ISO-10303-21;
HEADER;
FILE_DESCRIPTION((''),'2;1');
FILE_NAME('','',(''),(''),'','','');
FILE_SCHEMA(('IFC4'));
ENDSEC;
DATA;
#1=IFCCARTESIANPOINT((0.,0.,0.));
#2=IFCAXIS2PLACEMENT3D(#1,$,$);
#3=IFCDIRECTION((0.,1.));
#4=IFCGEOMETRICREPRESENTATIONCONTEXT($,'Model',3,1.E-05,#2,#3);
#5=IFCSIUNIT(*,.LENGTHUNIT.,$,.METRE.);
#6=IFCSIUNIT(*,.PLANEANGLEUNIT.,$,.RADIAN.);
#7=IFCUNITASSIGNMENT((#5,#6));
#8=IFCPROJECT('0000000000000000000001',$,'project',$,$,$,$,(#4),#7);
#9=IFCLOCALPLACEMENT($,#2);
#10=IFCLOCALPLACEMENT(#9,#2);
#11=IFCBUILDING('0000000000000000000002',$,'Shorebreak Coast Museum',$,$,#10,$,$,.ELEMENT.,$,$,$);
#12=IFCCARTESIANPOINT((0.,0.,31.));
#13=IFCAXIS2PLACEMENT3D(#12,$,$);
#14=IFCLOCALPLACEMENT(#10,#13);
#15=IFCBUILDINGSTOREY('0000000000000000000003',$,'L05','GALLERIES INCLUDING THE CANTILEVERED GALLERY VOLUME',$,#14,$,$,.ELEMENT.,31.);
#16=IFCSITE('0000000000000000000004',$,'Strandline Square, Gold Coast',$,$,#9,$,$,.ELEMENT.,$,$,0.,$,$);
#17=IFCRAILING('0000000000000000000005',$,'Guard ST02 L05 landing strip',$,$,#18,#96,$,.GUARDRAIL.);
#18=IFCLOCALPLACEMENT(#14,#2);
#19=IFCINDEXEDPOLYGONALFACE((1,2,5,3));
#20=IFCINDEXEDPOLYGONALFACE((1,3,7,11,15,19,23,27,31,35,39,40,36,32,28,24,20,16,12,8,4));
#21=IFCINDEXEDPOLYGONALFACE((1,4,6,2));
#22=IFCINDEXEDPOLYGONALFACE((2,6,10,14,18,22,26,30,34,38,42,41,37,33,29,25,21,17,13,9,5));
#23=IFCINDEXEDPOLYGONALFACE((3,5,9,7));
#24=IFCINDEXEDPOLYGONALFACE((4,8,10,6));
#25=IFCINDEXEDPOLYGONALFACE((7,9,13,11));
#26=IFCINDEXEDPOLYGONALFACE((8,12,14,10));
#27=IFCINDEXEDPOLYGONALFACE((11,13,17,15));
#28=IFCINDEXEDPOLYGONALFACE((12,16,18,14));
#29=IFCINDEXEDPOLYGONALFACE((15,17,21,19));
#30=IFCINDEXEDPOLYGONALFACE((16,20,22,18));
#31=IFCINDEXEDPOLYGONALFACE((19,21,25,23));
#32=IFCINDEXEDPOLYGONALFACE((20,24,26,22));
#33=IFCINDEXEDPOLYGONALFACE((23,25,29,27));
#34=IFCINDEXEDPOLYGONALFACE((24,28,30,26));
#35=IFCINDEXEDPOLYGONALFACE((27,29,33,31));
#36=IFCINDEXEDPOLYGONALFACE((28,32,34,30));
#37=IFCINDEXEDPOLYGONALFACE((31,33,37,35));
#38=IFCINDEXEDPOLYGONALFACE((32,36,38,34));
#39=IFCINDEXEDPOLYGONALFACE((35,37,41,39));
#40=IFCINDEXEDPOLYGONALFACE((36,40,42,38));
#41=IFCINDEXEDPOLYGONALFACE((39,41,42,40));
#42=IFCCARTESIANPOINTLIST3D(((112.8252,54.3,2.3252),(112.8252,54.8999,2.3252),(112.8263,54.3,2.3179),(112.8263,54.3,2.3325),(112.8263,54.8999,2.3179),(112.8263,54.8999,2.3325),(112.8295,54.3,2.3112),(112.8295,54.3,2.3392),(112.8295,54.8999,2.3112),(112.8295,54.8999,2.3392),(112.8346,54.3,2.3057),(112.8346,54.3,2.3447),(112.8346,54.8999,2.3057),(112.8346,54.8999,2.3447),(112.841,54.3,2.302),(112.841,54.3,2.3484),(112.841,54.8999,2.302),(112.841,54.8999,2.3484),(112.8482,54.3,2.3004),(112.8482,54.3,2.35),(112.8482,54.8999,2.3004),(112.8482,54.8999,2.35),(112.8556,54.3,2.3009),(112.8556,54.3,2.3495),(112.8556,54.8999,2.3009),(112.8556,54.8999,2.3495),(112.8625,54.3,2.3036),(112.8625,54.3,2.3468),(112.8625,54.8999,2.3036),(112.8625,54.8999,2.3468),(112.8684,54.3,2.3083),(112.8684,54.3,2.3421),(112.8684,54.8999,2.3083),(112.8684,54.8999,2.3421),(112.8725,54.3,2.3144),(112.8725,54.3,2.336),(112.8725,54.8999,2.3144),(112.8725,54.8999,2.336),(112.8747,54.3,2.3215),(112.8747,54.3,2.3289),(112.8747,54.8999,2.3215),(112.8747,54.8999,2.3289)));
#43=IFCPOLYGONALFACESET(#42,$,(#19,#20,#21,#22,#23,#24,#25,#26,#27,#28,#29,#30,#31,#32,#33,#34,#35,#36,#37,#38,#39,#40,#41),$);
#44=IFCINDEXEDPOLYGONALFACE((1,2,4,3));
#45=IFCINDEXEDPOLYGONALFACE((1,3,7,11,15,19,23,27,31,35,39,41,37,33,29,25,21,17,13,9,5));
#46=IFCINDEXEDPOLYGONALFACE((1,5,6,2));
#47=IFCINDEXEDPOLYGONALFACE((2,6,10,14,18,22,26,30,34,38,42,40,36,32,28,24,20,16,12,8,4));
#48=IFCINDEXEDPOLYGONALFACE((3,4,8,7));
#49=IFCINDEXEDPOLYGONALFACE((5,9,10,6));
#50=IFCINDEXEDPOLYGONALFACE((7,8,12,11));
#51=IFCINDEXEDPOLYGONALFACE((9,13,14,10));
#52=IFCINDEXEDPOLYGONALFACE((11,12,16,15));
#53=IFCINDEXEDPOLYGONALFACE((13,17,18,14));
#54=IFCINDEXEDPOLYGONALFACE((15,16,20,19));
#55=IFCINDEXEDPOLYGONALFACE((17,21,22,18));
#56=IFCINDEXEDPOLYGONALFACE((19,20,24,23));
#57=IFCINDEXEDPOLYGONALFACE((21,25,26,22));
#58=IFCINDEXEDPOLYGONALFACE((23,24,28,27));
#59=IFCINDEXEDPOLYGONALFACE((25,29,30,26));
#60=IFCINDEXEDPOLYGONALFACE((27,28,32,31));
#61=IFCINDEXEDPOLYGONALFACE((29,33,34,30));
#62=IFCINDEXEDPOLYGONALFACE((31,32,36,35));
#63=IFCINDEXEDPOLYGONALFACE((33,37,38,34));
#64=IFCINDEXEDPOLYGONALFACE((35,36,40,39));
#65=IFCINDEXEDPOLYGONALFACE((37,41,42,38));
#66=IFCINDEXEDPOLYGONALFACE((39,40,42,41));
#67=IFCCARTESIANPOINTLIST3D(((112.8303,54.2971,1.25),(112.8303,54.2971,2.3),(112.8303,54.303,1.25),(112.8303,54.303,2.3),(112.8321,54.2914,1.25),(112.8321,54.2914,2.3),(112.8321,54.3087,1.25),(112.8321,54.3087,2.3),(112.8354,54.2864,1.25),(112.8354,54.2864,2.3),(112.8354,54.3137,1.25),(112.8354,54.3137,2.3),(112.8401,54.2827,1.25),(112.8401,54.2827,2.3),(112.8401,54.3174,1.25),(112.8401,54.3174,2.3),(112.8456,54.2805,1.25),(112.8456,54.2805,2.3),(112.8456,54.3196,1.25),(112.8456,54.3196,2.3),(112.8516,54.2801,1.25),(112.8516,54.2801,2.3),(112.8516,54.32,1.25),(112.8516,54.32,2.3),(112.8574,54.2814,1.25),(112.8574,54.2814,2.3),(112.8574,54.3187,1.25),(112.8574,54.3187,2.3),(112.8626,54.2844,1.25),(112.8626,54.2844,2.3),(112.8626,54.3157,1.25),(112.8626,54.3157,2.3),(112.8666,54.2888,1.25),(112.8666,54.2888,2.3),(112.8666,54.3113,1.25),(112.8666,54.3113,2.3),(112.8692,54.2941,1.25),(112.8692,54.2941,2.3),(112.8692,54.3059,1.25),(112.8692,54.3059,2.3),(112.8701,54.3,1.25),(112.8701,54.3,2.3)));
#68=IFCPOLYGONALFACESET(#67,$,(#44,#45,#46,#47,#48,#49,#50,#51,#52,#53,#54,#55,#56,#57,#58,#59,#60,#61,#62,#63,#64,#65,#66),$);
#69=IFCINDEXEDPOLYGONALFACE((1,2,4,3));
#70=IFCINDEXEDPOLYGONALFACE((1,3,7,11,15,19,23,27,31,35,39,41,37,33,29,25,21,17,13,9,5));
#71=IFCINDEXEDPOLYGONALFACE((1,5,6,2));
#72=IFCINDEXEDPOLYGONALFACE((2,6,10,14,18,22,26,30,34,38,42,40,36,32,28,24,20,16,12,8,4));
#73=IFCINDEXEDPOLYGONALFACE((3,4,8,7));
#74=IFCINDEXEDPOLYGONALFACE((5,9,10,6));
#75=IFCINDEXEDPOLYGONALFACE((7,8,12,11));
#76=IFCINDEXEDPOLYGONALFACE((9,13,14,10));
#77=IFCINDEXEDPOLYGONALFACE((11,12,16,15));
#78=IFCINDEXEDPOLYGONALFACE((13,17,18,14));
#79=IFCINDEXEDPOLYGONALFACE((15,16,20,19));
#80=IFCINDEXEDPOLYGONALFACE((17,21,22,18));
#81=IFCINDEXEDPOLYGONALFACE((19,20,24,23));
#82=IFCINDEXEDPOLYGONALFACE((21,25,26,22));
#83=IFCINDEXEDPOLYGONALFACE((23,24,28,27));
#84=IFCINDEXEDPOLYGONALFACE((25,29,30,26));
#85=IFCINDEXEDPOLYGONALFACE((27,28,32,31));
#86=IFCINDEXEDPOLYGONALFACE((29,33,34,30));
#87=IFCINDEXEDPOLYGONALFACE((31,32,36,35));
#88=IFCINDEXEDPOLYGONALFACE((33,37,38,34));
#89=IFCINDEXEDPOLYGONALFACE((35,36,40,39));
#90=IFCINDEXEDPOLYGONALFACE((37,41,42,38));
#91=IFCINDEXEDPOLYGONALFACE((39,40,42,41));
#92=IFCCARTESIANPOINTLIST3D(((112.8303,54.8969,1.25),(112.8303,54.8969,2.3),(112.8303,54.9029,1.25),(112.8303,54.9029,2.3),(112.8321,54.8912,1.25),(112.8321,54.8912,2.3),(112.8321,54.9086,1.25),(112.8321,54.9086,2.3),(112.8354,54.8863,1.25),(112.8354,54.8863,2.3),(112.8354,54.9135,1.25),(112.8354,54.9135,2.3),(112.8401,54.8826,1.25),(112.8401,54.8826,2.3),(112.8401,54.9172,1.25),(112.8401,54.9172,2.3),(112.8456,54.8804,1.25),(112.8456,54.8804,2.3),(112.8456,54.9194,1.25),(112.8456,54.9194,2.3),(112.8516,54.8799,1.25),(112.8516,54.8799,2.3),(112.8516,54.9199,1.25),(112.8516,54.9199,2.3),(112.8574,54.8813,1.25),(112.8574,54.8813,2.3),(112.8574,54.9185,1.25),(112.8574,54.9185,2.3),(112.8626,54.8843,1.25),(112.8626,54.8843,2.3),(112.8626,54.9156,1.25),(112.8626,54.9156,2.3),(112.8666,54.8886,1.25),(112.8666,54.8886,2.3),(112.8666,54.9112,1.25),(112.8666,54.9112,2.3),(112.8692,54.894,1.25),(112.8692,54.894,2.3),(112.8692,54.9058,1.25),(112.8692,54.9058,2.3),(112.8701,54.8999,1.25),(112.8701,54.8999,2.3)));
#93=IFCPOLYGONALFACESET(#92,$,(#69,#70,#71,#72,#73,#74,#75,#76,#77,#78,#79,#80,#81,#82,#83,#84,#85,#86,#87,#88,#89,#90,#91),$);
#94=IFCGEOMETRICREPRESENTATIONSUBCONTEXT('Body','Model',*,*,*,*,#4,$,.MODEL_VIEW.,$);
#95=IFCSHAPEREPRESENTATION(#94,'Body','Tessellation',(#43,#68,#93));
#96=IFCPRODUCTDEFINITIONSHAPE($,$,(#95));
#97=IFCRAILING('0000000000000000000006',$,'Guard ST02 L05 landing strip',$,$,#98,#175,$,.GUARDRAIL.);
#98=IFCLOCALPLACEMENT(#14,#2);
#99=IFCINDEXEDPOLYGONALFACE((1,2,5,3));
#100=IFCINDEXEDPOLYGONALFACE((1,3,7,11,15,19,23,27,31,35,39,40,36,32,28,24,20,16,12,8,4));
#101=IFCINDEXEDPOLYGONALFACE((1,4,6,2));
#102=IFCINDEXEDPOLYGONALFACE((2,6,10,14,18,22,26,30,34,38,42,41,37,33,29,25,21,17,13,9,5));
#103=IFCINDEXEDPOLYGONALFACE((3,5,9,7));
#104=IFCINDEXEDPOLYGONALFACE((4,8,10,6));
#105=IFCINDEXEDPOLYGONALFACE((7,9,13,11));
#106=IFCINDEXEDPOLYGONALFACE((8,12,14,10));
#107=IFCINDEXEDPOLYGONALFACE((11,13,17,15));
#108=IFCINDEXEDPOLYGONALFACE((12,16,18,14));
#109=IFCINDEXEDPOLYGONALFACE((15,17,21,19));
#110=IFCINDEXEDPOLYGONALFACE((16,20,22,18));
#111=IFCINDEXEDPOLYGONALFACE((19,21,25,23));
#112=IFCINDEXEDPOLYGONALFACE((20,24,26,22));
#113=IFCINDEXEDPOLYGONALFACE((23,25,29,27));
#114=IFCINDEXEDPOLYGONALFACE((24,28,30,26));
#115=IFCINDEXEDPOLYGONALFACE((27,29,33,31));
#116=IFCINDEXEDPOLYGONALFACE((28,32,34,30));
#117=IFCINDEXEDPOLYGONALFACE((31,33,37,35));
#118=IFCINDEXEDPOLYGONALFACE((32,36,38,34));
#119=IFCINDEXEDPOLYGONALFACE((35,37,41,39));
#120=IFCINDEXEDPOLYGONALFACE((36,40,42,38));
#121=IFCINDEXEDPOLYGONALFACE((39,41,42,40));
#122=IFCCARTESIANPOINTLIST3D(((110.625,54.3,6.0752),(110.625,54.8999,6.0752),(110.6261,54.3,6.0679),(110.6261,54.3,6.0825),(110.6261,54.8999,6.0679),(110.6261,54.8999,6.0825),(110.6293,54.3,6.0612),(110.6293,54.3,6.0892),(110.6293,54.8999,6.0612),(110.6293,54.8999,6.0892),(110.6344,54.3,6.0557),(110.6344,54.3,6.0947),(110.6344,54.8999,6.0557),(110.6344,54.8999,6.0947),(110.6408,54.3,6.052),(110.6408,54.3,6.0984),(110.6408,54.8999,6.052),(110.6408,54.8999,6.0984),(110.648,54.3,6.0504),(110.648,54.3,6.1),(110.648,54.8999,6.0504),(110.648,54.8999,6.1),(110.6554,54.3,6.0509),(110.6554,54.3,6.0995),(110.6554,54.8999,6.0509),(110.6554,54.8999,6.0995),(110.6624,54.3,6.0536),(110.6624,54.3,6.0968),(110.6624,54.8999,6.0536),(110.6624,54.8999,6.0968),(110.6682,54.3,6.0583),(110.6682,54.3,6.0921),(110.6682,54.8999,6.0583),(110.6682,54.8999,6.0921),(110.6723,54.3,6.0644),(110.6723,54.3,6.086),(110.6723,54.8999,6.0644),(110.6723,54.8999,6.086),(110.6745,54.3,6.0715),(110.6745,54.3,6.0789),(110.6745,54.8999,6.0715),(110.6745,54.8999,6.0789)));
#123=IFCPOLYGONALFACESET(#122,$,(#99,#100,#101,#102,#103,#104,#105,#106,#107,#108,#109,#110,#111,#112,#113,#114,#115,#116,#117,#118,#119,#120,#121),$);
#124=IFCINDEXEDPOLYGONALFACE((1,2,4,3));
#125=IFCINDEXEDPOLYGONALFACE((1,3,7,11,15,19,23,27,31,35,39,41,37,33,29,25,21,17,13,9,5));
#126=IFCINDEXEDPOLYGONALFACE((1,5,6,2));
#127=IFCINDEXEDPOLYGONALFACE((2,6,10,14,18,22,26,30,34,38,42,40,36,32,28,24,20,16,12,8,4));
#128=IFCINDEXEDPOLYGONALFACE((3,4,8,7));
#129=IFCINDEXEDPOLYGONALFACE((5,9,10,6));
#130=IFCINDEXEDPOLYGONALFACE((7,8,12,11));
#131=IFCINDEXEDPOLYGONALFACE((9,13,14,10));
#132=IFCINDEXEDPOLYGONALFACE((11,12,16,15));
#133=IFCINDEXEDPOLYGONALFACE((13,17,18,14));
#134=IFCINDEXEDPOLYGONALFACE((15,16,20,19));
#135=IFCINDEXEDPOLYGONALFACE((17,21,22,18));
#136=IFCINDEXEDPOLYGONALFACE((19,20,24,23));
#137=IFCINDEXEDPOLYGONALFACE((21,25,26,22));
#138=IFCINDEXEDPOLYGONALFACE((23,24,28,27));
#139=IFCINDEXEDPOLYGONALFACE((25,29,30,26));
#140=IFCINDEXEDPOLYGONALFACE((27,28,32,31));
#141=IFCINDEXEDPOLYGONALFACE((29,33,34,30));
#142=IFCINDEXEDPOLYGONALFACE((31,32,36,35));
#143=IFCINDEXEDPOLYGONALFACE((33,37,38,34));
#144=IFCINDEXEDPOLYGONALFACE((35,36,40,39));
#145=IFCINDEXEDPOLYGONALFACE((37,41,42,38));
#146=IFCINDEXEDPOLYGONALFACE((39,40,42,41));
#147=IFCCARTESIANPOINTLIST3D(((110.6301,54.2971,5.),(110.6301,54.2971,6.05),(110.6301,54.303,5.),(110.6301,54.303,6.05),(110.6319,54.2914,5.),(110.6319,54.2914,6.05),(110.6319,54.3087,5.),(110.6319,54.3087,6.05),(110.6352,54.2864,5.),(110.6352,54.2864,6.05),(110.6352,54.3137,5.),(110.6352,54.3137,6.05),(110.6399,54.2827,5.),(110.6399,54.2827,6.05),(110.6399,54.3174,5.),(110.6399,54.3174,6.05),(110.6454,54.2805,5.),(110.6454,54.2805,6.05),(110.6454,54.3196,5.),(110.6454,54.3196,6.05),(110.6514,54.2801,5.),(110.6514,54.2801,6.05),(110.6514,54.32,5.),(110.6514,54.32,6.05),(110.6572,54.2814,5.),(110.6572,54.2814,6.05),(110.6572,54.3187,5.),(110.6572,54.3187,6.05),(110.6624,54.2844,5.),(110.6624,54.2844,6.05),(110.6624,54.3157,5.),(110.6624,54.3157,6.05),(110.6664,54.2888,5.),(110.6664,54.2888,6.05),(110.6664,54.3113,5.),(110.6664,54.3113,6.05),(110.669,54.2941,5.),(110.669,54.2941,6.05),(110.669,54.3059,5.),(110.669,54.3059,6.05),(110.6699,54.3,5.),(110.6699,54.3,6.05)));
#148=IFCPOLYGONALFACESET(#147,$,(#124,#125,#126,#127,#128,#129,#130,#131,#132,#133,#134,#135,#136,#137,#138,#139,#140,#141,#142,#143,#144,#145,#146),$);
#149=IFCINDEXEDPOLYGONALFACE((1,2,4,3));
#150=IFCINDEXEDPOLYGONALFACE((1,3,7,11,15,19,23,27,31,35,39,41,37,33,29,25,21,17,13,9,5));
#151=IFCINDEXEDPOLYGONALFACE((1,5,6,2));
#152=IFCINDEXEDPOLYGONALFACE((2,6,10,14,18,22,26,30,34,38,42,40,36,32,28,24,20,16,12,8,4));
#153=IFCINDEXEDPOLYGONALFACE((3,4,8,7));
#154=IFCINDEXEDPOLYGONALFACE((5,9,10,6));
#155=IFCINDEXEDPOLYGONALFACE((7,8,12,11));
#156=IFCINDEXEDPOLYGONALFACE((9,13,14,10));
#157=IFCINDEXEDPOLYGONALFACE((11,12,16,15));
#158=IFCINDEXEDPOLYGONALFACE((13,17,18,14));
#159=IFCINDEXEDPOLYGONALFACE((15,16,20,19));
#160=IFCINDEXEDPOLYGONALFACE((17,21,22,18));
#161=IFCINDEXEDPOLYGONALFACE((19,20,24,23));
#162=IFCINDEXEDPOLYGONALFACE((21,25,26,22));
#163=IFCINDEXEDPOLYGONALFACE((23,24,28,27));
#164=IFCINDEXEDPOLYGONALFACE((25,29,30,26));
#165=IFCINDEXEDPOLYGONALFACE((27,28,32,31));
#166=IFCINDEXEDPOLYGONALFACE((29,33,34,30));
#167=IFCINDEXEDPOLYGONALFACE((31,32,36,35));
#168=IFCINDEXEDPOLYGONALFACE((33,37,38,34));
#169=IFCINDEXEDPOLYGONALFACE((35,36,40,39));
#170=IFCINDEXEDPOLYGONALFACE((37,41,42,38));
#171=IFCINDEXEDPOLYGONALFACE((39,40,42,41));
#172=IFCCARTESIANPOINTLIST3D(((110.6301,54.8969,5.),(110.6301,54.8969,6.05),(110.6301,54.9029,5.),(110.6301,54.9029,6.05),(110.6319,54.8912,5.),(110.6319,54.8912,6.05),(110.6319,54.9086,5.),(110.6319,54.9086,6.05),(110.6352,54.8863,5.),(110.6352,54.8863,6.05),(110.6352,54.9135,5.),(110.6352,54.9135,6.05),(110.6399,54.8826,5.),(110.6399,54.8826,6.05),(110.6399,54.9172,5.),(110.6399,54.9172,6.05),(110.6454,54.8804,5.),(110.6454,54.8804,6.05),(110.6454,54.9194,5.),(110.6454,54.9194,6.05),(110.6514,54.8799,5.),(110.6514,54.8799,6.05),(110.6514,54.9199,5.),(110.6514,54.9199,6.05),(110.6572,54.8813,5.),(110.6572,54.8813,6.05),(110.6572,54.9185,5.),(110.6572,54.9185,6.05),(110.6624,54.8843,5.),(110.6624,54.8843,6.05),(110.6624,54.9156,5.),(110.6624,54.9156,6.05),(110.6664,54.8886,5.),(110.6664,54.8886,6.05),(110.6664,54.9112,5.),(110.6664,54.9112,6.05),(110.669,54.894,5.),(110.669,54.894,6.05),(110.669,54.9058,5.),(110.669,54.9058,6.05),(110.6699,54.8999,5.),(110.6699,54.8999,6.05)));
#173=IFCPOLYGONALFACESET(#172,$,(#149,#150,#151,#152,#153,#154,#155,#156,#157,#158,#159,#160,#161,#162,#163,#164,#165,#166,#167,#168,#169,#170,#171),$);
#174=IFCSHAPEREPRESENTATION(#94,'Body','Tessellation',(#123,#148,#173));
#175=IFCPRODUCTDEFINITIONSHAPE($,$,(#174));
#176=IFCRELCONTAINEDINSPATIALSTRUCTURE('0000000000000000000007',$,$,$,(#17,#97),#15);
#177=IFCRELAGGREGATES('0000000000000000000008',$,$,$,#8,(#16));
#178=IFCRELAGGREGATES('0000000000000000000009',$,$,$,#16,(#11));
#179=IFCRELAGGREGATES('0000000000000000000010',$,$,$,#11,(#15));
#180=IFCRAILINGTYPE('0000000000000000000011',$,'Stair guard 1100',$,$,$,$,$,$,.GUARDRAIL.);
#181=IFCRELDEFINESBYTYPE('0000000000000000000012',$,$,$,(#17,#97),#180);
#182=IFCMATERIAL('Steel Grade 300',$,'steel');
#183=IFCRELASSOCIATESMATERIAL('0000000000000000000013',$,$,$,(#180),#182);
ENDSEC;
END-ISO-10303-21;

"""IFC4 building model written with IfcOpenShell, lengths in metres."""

from ifc_helpers import new_model, si_unit, direction, frame, origin, origin_2d, place, context, subcontext, project, spatial, circle, extrude, material, type_object, element, save


model = new_model("IFC4")

# Units and contexts
model_context = context("Model", 3, precision=1e-05, world=origin(), true_north=direction((0.0, 1.0)))
body_context = subcontext(model_context, "Body", "Model", "MODEL_VIEW")
ifc_project = project(units=[si_unit("LENGTHUNIT", "METRE"), si_unit("PLANEANGLEUNIT", "RADIAN")], contexts=[model_context])

# Site, building, storey
site_placement = place(None, origin())
site = spatial("IfcSite", under=ifc_project, at=site_placement, Name="Strandline Square, Gold Coast", CompositionType="ELEMENT", RefElevation=0.0)
building_placement = place(site_placement, origin())
building = spatial("IfcBuilding", under=site, at=building_placement, Name="Shorebreak Coast Museum", CompositionType="ELEMENT")
storey_placement = place(building_placement, frame((0.0, 0.0, 31.0)))
storey = spatial("IfcBuildingStorey", under=building, at=storey_placement, Name="L05", Description="GALLERIES INCLUDING THE CANTILEVERED GALLERY VOLUME", CompositionType="ELEMENT", Elevation=31.0)

# Railings
ifc_material_1 = material(Name="Steel Grade 300", Category="steel")
railing_type_1 = type_object("IfcRailingType", Name="Stair guard 1100", PredefinedType="GUARDRAIL", material=ifc_material_1)
for number, where, name in (
    (1, (112.8501, 54.3, 1.25), "Guard ST02 L05 landing strip"),
    (2, (110.6499, 54.3, 5.0), "Guard ST02 L05 landing strip"),
):
    element("IfcRailing", number, at=place(storey_placement, frame(where)), inside=storey, type_object=railing_type_1, Name=name, PredefinedType="GUARDRAIL", context=body_context, shape_type="SweptSolid", body=[
        extrude(circle(Radius=0.0249, at=origin_2d()), frame((0.0, 0.0, 1.0752), z_axis=(0.0, 1.0, 0.0), x_axis=(-1.0, 0.0, 0.0)), (0.0, 0.0, 1.0), 0.5999),
        extrude(circle(Radius=0.02, at=origin_2d()), origin(), (0.0, 0.0, 1.0), 1.05),
        extrude(circle(Radius=0.02, at=origin_2d()), frame((0.0, 0.5999, 0.0)), (0.0, 0.0, 1.0), 1.05),
    ])

save(model, "model.ifc")
